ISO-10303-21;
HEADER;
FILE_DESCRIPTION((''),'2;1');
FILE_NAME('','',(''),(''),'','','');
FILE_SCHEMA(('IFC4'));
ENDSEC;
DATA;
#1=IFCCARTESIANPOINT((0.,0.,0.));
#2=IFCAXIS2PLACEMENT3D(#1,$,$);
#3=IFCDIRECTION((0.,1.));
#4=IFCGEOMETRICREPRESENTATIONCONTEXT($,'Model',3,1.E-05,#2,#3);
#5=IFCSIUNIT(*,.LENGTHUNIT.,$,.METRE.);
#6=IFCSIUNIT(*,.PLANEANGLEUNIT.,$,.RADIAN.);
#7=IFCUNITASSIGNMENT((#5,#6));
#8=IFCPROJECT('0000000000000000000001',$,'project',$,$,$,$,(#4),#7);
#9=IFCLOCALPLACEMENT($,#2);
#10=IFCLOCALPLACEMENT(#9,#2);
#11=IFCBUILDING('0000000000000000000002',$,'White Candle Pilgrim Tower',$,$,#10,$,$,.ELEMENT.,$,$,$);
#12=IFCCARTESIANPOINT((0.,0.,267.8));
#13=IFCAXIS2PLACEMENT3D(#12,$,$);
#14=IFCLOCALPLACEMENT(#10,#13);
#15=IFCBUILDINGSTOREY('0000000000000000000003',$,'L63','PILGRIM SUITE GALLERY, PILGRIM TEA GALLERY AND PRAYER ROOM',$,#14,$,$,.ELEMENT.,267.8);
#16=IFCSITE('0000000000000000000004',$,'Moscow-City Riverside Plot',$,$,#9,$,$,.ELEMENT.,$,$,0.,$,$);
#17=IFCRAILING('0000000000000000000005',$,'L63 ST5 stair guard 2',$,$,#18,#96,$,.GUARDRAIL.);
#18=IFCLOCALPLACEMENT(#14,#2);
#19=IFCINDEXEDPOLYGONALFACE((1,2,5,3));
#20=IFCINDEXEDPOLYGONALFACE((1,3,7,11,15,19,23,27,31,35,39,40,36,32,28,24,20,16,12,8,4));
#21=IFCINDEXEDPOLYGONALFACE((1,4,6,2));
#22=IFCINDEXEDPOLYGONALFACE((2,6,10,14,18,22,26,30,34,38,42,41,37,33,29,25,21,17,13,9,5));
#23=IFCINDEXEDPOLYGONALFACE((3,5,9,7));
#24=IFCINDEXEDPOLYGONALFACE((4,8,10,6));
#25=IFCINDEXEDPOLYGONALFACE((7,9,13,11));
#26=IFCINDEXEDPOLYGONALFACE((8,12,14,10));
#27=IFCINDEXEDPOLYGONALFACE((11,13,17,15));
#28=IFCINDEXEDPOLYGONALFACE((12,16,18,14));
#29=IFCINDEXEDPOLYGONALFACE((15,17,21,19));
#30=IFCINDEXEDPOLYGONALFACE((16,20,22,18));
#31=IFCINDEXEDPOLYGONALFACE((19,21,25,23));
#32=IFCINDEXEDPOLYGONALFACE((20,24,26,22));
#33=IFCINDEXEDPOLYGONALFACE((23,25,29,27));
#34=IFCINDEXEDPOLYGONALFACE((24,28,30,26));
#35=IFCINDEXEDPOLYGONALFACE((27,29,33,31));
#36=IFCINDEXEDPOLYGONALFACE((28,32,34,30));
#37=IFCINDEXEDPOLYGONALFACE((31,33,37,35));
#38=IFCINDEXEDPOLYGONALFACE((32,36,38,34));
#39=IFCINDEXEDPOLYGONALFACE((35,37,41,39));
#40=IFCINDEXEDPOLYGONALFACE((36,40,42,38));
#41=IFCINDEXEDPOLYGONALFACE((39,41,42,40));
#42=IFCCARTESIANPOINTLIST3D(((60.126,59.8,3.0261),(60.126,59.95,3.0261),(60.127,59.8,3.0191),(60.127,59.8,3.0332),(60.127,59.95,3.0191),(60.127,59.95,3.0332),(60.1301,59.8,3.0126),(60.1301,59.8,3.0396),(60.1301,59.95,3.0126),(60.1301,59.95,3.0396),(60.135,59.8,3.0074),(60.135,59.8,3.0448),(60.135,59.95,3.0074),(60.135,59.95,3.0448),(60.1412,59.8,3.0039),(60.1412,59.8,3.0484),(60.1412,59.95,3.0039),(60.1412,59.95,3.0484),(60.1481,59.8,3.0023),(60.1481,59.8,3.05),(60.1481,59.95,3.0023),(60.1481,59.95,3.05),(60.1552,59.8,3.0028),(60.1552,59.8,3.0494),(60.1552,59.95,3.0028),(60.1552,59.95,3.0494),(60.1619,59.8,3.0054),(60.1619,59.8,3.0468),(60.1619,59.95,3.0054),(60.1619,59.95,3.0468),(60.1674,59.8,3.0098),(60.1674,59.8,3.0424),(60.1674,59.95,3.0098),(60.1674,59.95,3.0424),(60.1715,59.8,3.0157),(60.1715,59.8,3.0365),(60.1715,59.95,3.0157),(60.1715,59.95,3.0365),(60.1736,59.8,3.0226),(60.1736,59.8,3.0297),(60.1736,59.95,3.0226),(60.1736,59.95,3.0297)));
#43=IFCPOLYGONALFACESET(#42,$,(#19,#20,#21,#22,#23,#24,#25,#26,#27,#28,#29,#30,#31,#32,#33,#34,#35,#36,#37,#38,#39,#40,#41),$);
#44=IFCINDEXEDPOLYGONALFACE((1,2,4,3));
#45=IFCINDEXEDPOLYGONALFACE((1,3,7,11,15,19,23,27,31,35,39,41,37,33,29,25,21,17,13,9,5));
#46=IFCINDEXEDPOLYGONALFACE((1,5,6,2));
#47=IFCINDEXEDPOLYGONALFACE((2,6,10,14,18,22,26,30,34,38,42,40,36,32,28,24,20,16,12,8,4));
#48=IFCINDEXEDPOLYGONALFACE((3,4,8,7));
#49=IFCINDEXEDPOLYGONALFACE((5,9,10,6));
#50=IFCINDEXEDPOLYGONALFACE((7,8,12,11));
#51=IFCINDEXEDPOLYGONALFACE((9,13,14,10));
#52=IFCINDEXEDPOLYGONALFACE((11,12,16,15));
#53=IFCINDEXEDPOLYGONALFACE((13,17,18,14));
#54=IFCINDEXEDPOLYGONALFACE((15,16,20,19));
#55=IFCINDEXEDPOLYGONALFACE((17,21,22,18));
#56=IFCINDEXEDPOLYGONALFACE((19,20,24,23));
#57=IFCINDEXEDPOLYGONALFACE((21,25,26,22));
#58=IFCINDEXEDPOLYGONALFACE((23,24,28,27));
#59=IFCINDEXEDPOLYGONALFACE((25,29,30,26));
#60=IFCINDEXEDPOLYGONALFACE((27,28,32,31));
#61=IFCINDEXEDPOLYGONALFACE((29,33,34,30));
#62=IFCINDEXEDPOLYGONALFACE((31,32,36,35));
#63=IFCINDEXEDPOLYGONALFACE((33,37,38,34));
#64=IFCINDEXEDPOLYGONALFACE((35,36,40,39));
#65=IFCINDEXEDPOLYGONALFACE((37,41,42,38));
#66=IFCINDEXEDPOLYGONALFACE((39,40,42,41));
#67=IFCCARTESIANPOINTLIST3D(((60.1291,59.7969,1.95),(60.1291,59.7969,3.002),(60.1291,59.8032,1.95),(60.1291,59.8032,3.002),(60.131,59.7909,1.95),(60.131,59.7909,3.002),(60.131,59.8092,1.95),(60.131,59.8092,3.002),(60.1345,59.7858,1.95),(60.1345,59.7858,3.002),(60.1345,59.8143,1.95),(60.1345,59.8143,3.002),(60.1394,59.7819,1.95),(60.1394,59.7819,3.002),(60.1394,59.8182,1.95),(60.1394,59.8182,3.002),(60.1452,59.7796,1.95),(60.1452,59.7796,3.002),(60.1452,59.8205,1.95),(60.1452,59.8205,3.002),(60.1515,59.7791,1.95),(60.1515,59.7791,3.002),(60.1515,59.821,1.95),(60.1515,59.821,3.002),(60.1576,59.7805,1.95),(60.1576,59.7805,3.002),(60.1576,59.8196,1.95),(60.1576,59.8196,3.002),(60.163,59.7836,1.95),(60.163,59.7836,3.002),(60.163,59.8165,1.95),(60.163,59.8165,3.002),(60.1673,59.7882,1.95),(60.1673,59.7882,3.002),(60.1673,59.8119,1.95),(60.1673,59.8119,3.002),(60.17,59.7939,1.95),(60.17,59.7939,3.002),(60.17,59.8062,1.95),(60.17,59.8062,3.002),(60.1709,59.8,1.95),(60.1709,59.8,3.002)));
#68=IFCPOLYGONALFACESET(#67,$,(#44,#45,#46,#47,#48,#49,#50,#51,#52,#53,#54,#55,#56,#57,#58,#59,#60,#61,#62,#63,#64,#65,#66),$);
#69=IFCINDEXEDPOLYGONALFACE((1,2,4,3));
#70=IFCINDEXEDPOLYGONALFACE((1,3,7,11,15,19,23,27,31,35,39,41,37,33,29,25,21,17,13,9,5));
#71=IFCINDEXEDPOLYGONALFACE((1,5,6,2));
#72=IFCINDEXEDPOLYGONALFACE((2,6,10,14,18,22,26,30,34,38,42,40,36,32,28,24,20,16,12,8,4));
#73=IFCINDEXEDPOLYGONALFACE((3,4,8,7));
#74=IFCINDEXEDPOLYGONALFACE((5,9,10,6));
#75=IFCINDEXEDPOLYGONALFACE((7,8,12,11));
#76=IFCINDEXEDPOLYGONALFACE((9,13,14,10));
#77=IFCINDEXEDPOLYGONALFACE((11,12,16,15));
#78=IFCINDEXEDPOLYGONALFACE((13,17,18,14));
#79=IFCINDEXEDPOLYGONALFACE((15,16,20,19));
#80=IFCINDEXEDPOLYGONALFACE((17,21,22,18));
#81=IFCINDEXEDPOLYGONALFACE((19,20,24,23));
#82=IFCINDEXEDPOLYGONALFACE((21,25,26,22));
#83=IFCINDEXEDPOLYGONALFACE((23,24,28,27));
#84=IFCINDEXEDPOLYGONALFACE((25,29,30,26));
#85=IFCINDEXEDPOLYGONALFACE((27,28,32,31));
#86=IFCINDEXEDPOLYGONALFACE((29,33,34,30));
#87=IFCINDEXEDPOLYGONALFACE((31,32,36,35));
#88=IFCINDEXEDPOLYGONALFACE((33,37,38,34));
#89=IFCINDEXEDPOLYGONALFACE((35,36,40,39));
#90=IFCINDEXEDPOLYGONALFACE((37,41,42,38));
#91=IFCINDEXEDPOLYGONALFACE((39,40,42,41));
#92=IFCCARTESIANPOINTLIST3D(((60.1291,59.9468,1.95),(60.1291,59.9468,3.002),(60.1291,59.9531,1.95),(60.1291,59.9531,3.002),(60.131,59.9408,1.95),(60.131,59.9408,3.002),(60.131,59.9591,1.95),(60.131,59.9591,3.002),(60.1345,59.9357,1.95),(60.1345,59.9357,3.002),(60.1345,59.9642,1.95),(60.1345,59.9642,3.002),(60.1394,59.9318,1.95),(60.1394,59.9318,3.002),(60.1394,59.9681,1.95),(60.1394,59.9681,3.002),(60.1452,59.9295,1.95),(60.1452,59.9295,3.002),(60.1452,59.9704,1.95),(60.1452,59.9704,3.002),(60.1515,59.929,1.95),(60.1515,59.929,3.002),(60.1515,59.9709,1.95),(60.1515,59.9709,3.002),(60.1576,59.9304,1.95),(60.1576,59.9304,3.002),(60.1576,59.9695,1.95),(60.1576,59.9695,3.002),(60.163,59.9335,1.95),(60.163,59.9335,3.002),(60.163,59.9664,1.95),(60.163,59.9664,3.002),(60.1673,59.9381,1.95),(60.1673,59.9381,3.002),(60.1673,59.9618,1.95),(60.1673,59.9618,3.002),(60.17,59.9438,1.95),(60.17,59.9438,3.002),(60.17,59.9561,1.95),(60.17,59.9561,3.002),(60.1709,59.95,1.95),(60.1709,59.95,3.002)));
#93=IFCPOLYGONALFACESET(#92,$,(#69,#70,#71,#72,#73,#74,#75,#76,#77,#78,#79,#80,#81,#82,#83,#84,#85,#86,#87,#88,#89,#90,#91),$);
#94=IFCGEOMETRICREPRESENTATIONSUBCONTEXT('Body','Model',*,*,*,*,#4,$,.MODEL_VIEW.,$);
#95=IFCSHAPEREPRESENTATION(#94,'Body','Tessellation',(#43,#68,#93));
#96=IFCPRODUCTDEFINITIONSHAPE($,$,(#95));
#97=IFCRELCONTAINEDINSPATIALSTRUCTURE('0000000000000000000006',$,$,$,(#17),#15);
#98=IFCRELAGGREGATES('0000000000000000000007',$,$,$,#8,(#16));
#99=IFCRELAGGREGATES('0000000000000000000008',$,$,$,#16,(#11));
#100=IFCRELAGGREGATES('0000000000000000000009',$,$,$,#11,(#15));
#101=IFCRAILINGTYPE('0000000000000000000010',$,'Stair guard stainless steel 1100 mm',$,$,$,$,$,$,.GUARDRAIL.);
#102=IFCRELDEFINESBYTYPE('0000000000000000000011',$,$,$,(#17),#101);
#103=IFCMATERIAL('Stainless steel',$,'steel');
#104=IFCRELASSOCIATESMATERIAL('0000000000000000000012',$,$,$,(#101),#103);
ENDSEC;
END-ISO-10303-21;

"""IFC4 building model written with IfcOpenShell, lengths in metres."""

from ifc_helpers import new_model, si_unit, direction, frame, origin, origin_2d, place, context, subcontext, project, spatial, circle, extrude, material, type_object, element, save


model = new_model("IFC4")

# Units and contexts
model_context = context("Model", 3, precision=1e-05, world=origin(), true_north=direction((0.0, 1.0)))
body_context = subcontext(model_context, "Body", "Model", "MODEL_VIEW")
ifc_project = project(units=[si_unit("LENGTHUNIT", "METRE"), si_unit("PLANEANGLEUNIT", "RADIAN")], contexts=[model_context])

# Site, building, storey
site_placement = place(None, origin())
site = spatial("IfcSite", under=ifc_project, at=site_placement, Name="Moscow-City Riverside Plot", CompositionType="ELEMENT", RefElevation=0.0)
building_placement = place(site_placement, origin())
building = spatial("IfcBuilding", under=site, at=building_placement, Name="White Candle Pilgrim Tower", CompositionType="ELEMENT")
storey_placement = place(building_placement, frame((0.0, 0.0, 267.8)))
storey = spatial("IfcBuildingStorey", under=building, at=storey_placement, Name="L63", Description="PILGRIM SUITE GALLERY, PILGRIM TEA GALLERY AND PRAYER ROOM", CompositionType="ELEMENT", Elevation=267.8)

# Railing
ifc_material_1 = material(Name="Stainless steel", Category="steel")
railing_type_1 = type_object("IfcRailingType", Name="Stair guard stainless steel 1100 mm", PredefinedType="GUARDRAIL", material=ifc_material_1)
railing_1_placement = place(storey_placement, frame((60.1499, 59.8, 1.95)))
element("IfcRailing", 1, at=railing_1_placement, inside=storey, type_object=railing_type_1, Name="L63 ST5 stair guard 2", PredefinedType="GUARDRAIL", context=body_context, shape_type="SweptSolid", body=[
    extrude(circle(Radius=0.0239, at=origin_2d()), frame((0.0, 0.0, 1.0762), z_axis=(0.0, 1.0, 0.0), x_axis=(-1.0, 0.0, 0.0)), (0.0, 0.0, 1.0), 0.1499),
    extrude(circle(Radius=0.021, at=origin_2d()), origin(), (0.0, 0.0, 1.0), 1.052),
    extrude(circle(Radius=0.021, at=origin_2d()), frame((0.0, 0.1499, 0.0)), (0.0, 0.0, 1.0), 1.052),
])

save(model, "model.ifc")
